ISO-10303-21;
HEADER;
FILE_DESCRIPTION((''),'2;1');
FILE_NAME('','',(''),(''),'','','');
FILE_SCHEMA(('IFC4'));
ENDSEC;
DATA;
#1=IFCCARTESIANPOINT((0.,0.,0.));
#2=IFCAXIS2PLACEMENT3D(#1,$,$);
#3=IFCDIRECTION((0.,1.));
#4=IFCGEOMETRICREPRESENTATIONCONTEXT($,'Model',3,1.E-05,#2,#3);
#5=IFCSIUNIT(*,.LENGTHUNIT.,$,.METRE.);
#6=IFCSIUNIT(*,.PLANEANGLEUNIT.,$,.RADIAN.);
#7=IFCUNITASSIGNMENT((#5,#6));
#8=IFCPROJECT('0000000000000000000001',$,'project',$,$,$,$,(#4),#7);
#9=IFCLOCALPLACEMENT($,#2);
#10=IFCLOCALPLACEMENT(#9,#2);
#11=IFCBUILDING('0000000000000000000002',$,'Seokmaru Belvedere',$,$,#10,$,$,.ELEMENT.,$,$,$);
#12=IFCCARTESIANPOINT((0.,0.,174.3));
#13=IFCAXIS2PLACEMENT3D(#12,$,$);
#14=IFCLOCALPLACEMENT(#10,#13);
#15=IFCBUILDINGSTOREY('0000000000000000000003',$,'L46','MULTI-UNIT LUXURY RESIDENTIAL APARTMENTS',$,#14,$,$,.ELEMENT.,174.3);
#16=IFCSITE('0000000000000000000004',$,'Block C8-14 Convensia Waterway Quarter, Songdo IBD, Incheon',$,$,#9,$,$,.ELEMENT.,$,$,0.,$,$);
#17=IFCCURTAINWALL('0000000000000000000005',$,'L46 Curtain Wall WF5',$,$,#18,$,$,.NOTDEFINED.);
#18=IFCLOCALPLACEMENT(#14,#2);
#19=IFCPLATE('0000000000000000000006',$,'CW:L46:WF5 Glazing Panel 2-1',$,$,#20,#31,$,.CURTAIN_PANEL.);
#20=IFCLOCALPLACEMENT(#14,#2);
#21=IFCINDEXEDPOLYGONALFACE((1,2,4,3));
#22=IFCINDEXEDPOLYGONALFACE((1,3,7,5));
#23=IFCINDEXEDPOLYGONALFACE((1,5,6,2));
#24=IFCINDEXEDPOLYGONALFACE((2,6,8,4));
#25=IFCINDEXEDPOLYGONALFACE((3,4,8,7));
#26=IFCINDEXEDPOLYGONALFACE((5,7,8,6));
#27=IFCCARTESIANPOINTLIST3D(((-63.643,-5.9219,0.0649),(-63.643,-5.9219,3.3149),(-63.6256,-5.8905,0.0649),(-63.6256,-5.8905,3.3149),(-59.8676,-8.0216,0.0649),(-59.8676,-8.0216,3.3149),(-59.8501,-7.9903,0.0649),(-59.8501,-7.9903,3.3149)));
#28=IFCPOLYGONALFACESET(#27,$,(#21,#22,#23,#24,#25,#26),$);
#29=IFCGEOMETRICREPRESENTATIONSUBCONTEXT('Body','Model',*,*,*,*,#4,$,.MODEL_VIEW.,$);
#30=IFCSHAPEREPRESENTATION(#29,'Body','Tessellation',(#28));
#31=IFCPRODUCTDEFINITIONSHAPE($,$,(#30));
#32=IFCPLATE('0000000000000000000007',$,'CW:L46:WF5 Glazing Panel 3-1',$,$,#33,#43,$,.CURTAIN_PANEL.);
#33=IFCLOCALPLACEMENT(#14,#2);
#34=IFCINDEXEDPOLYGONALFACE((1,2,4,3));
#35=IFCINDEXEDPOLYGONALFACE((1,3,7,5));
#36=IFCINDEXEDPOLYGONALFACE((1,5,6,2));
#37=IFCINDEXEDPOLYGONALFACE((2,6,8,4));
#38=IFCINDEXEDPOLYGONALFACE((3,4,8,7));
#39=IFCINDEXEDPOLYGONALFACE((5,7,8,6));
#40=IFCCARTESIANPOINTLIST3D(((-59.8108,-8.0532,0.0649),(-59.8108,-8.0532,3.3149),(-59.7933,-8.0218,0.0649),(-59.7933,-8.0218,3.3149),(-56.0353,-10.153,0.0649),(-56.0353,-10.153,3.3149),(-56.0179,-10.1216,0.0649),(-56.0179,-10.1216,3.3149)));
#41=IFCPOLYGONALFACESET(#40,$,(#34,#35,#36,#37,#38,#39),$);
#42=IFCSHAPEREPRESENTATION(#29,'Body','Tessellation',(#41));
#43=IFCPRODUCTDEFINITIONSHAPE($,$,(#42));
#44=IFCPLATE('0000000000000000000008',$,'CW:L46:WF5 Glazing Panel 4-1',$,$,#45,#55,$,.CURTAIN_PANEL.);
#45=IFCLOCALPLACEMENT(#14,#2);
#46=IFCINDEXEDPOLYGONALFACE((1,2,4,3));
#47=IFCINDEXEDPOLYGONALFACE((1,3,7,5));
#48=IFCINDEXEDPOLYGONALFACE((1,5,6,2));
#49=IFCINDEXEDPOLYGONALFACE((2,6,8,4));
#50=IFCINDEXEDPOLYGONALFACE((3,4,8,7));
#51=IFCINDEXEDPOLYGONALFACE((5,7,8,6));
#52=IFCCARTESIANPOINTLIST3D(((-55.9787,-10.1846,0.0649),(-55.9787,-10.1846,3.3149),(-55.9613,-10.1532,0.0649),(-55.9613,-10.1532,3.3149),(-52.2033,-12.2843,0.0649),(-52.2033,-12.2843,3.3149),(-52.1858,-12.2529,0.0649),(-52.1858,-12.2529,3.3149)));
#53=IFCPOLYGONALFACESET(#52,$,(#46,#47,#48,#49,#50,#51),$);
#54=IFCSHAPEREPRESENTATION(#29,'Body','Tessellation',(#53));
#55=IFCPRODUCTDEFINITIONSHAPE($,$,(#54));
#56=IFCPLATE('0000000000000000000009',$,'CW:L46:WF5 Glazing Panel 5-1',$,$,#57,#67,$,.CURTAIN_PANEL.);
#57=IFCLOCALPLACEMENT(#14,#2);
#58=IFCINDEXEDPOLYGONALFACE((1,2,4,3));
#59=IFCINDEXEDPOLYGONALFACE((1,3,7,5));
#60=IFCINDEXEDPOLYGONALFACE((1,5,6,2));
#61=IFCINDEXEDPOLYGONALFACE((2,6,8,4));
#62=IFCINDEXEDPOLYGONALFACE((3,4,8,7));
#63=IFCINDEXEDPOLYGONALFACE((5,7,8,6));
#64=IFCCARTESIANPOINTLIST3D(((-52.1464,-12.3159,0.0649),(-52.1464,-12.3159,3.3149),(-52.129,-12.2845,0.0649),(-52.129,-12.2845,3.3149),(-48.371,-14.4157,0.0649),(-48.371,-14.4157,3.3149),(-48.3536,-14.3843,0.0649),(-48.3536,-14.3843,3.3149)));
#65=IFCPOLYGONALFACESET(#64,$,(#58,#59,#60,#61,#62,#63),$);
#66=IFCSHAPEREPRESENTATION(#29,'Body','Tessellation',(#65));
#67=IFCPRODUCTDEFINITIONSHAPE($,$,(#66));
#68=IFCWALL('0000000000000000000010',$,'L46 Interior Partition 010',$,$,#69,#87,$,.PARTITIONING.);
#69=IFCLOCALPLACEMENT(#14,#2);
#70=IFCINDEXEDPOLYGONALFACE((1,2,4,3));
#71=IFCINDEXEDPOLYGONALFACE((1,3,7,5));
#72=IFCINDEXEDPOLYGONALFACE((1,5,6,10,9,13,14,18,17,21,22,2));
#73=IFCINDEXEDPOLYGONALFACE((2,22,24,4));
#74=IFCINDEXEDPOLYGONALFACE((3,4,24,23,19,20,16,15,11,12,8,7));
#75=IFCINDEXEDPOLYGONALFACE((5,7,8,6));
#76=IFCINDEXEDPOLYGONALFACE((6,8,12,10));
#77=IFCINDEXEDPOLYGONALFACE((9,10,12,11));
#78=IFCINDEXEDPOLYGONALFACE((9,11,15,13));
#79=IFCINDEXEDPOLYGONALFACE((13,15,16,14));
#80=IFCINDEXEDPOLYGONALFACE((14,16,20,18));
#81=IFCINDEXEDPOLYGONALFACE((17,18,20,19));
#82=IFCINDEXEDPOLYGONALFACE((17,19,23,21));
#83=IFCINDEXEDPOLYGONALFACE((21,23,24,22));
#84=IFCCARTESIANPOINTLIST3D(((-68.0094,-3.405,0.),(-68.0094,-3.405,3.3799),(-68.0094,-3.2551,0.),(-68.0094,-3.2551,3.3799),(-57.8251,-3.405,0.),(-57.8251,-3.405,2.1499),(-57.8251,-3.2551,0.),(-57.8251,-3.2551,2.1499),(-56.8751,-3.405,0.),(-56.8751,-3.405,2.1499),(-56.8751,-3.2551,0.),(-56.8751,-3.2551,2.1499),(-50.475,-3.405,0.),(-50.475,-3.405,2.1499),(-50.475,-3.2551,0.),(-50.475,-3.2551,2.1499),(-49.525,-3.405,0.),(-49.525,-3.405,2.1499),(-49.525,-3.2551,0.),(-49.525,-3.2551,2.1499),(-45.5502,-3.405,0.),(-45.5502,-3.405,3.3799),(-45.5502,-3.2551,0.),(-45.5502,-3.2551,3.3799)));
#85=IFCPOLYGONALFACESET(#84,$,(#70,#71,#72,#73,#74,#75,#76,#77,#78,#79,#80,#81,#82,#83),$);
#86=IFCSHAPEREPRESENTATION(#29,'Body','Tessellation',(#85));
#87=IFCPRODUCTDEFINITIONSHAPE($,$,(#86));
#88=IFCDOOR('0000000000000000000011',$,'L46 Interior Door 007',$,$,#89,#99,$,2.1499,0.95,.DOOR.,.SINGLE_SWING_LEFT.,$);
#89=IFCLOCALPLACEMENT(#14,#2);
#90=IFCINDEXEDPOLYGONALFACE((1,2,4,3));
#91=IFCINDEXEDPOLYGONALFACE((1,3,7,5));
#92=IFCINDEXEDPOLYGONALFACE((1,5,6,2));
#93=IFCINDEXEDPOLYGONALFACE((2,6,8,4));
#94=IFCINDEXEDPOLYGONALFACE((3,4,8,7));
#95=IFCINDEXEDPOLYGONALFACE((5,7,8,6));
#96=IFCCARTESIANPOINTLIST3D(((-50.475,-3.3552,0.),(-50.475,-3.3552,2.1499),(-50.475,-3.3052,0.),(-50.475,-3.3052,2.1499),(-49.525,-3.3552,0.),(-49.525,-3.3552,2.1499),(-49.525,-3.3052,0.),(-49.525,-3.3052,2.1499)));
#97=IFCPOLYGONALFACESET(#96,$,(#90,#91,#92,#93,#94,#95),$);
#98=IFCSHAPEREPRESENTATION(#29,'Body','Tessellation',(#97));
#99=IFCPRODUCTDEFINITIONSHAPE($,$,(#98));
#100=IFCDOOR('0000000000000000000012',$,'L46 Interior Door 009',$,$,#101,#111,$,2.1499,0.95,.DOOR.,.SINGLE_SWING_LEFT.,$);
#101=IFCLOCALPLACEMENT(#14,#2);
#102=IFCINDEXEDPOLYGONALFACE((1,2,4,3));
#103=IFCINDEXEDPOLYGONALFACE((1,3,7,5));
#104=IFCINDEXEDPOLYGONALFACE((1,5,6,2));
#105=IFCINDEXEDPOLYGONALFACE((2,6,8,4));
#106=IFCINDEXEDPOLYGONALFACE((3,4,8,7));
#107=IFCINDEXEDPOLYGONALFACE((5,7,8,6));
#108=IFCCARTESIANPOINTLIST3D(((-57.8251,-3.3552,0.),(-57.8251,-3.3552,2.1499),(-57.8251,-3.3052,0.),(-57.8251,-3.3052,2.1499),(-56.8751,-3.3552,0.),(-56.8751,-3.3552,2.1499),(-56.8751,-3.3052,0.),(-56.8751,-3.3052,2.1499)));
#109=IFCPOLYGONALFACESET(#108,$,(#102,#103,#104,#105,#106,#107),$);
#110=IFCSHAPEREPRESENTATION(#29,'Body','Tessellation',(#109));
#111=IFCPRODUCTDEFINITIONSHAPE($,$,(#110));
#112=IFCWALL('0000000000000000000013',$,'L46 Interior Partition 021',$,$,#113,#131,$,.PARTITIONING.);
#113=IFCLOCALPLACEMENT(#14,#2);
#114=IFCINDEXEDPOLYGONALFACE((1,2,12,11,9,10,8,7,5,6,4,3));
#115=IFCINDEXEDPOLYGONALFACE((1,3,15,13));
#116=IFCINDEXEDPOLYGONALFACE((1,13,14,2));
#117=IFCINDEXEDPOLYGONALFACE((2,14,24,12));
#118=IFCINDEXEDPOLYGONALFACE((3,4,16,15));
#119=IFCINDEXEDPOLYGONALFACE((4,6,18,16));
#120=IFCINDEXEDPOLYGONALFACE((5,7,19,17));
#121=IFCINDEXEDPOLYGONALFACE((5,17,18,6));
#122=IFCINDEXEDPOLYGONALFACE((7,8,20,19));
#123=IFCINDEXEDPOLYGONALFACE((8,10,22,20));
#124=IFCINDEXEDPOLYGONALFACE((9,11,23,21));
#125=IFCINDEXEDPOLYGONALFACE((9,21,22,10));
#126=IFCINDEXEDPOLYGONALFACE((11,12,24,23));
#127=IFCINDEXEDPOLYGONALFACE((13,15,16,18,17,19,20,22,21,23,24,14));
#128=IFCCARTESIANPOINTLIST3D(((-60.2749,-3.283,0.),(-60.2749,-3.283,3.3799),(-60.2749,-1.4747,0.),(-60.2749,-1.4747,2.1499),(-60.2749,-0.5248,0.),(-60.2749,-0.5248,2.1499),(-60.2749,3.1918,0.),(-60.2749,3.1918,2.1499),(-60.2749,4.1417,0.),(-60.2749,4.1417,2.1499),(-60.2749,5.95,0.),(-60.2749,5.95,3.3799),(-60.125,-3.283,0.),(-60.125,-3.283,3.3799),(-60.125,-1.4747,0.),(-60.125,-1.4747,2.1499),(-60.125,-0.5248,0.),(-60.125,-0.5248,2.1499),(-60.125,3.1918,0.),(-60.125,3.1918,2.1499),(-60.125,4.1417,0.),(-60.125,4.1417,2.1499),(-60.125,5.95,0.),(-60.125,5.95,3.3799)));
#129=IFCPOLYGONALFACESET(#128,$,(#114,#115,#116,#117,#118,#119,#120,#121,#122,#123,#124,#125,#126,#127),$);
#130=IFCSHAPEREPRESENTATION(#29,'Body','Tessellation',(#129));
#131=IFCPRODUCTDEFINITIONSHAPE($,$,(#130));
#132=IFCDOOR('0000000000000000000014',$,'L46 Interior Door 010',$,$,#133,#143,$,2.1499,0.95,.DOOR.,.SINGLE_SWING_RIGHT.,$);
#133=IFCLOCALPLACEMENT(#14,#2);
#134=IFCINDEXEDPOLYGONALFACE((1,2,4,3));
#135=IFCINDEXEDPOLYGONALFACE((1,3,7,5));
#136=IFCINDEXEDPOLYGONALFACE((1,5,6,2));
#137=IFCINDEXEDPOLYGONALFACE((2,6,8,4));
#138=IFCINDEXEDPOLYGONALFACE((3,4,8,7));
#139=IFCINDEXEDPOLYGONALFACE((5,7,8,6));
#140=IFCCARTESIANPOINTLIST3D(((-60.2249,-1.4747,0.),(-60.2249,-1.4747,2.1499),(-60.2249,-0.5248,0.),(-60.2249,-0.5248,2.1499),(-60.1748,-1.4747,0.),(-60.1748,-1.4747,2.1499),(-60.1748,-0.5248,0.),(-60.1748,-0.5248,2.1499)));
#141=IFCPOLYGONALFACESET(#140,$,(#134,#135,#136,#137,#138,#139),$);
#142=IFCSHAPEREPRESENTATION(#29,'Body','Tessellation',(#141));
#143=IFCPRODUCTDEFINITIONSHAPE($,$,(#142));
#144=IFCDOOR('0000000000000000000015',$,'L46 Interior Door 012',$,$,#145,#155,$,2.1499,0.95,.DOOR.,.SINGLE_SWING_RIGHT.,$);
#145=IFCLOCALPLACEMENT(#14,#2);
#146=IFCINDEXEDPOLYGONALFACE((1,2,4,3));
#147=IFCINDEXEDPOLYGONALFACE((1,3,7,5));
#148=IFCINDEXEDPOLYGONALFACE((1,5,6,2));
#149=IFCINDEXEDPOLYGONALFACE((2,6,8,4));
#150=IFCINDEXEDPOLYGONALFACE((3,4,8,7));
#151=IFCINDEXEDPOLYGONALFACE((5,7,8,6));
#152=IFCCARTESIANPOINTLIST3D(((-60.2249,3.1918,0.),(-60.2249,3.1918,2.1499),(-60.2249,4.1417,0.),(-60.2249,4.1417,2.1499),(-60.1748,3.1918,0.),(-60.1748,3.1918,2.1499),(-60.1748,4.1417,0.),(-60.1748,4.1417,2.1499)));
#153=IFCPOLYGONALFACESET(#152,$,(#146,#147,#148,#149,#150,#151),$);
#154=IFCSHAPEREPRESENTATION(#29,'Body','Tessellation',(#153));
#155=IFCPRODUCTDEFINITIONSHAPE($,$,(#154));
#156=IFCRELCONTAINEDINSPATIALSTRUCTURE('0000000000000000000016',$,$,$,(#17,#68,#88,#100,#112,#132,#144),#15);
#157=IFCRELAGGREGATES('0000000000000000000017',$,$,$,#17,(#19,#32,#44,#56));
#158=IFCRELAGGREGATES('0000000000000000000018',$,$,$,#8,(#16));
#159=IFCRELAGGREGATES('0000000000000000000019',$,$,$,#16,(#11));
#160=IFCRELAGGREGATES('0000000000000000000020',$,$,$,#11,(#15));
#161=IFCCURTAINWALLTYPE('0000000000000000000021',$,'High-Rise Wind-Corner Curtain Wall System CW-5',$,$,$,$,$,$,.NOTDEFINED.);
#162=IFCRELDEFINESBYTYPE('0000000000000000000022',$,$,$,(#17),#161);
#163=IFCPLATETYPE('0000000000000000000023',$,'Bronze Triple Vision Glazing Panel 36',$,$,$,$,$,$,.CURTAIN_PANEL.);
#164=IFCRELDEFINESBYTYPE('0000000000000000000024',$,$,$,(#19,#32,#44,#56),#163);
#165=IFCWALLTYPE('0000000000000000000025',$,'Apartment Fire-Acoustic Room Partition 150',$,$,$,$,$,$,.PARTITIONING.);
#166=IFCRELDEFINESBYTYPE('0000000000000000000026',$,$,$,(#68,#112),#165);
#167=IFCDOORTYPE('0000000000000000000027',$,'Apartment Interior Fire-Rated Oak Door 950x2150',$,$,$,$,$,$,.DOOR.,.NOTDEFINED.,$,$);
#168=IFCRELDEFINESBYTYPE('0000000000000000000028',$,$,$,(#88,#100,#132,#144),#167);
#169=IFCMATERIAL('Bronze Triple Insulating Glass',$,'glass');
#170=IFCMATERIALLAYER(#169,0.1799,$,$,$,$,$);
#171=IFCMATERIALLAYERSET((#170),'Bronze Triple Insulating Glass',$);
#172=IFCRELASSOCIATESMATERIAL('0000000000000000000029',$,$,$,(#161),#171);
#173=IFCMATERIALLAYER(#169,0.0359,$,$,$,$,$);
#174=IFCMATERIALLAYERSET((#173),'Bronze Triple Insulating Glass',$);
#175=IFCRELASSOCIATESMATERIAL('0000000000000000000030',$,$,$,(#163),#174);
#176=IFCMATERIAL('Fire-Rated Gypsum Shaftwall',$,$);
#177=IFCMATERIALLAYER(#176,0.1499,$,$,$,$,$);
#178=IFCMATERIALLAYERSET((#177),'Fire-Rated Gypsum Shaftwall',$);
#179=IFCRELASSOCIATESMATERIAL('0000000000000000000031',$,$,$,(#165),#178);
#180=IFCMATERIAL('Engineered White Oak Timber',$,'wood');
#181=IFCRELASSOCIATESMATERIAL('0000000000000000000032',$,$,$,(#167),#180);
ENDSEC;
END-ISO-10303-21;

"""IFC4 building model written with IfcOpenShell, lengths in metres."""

from ifc_helpers import new_model, si_unit, direction, frame, frame_2d, origin, origin_2d, place, context, subcontext, project, spatial, rectangle, extrude, source, transform, mapped, material, layer, layer_set, type_object, type_shapes, element, fill, aggregate, save


model = new_model("IFC4")

# Units and contexts
model_context = context("Model", 3, precision=1e-05, world=origin(), true_north=direction((0.0, 1.0)))
body_context = subcontext(model_context, "Body", "Model", "MODEL_VIEW")
ifc_project = project(units=[si_unit("LENGTHUNIT", "METRE"), si_unit("PLANEANGLEUNIT", "RADIAN")], contexts=[model_context])

# Site, building, storey
site_placement = place(None, origin())
site = spatial("IfcSite", under=ifc_project, at=site_placement, Name="Block C8-14 Convensia Waterway Quarter, Songdo IBD, Incheon", CompositionType="ELEMENT", RefElevation=0.0)
building_placement = place(site_placement, origin())
building = spatial("IfcBuilding", under=site, at=building_placement, Name="Seokmaru Belvedere", CompositionType="ELEMENT")
storey_placement = place(building_placement, frame((0.0, 0.0, 174.3)))
storey = spatial("IfcBuildingStorey", under=building, at=storey_placement, Name="L46", Description="MULTI-UNIT LUXURY RESIDENTIAL APARTMENTS", CompositionType="ELEMENT", Elevation=174.3)

# Curtain wall, plates
ifc_material_1 = material(Name="Bronze Triple Insulating Glass", Category="glass")
ifc_layer_1 = layer(ifc_material_1, 0.1799)
ifc_layer_set_1 = layer_set([ifc_layer_1], Name="Bronze Triple Insulating Glass")
curtain_wall_type = type_object("IfcCurtainWallType", Name="High-Rise Wind-Corner Curtain Wall System CW-5", PredefinedType="NOTDEFINED", material=ifc_layer_set_1)
curtain_wall_placement = place(storey_placement, origin())
curtain_wall = element("IfcCurtainWall", 1, at=curtain_wall_placement, inside=storey, type_object=curtain_wall_type, Name="L46 Curtain Wall WF5", PredefinedType="NOTDEFINED")
ifc_layer_2 = layer(ifc_material_1, 0.0359)
ifc_layer_set_2 = layer_set([ifc_layer_2], Name="Bronze Triple Insulating Glass")
plate_type = type_object("IfcPlateType", Name="Bronze Triple Vision Glazing Panel 36", PredefinedType="CURTAIN_PANEL", material=ifc_layer_set_2)
shared_shape_1 = source(origin(), body_context, "Body", "SweptSolid", [
    extrude(rectangle(XDim=4.3201, YDim=0.0359, at=origin_2d()), origin(), (0.0, 0.0, 1.0), 3.25),
])
plate_1_placement = place(storey_placement, frame((-61.7466, -6.9561, 0.0649), z_axis=(0.0, 0.0, 1.0), x_axis=(0.873933, -0.486047, 0.0)))
plate_1 = element("IfcPlate", 2, at=plate_1_placement, type_object=plate_type, Name="CW:L46:WF5 Glazing Panel 2-1", PredefinedType="CURTAIN_PANEL", context=body_context, shape_type="MappedRepresentation", body=[
    mapped(shared_shape_1, transform((0.0, 0.0, 0.0), scale=1.0)),
])
plate_2_placement = place(storey_placement, frame((-57.9143, -9.0874, 0.0649), z_axis=(0.0, 0.0, 1.0), x_axis=(0.873933, -0.486047, 0.0)))
plate_2 = element("IfcPlate", 3, at=plate_2_placement, type_object=plate_type, Name="CW:L46:WF5 Glazing Panel 3-1", PredefinedType="CURTAIN_PANEL", context=body_context, shape_type="MappedRepresentation", body=[
    mapped(shared_shape_1, transform((0.0, 0.0, 0.0), scale=1.0)),
])
plate_3_placement = place(storey_placement, frame((-54.0823, -11.2188, 0.0649), z_axis=(0.0, 0.0, 1.0), x_axis=(0.873933, -0.486047, 0.0)))
plate_3 = element("IfcPlate", 4, at=plate_3_placement, type_object=plate_type, Name="CW:L46:WF5 Glazing Panel 4-1", PredefinedType="CURTAIN_PANEL", context=body_context, shape_type="MappedRepresentation", body=[
    mapped(shared_shape_1, transform((0.0, 0.0, 0.0), scale=1.0)),
])
plate_4_placement = place(storey_placement, frame((-50.25, -13.3501, 0.0649), z_axis=(0.0, 0.0, 1.0), x_axis=(0.873933, -0.486047, 0.0)))
plate_4 = element("IfcPlate", 5, at=plate_4_placement, type_object=plate_type, Name="CW:L46:WF5 Glazing Panel 5-1", PredefinedType="CURTAIN_PANEL", context=body_context, shape_type="MappedRepresentation", body=[
    mapped(shared_shape_1, transform((0.0, 0.0, 0.0), scale=1.0)),
])
aggregate(curtain_wall, [plate_1, plate_2, plate_3, plate_4])

# Walls, openings, doors
ifc_material_2 = material(Name="Fire-Rated Gypsum Shaftwall")
ifc_layer_3 = layer(ifc_material_2, 0.1499)
ifc_layer_set_3 = layer_set([ifc_layer_3], Name="Fire-Rated Gypsum Shaftwall")
wall_type_1 = type_object("IfcWallType", Name="Apartment Fire-Acoustic Room Partition 150", PredefinedType="PARTITIONING", material=ifc_layer_set_3)
wall_1_placement = place(storey_placement, frame((-68.0093, -3.3301, 0.0), z_axis=(0.0, 0.0, 1.0), x_axis=(1.0, 0.0, 0.0)))
wall_1 = element("IfcWall", 6, at=wall_1_placement, inside=storey, type_object=wall_type_1, Name="L46 Interior Partition 010", PredefinedType="PARTITIONING", context=body_context, shape_type="SweptSolid", body=[
    extrude(rectangle(XDim=22.4592, YDim=0.1499, at=frame_2d((11.2295, 0.0))), origin(), (0.0, 0.0, 1.0), 3.3799),
])
opening_1_placement = place(wall_1_placement, frame((17.5342, 0.0, 0.0)))
opening_1 = element("IfcOpeningElement", 7, at=opening_1_placement, cuts=wall_1, PredefinedType="OPENING", context=body_context, shape_type="SweptSolid", body=[
    extrude(rectangle(XDim=0.95, YDim=2.1499, at=frame_2d((0.4751, 1.075))), frame((0.0, 0.085, 0.0), z_axis=(0.0, -1.0, 0.0), x_axis=(1.0, 0.0, 0.0)), (0.0, 0.0, 1.0), 0.1699),
])
opening_2_placement = place(wall_1_placement, frame((10.1841, 0.0, 0.0)))
opening_2 = element("IfcOpeningElement", 8, at=opening_2_placement, cuts=wall_1, PredefinedType="OPENING", context=body_context, shape_type="SweptSolid", body=[
    extrude(rectangle(XDim=0.95, YDim=2.1499, at=frame_2d((0.4751, 1.075))), frame((0.0, 0.085, 0.0), z_axis=(0.0, -1.0, 0.0), x_axis=(1.0, 0.0, 0.0)), (0.0, 0.0, 1.0), 0.1699),
])
ifc_material_3 = material(Name="Engineered White Oak Timber", Category="wood")
door_type = type_object("IfcDoorType", Name="Apartment Interior Fire-Rated Oak Door 950x2150", OperationType="NOTDEFINED", PredefinedType="DOOR", material=ifc_material_3)
shared_shape_2 = source(origin(), body_context, "Body", "SweptSolid", [
    extrude(rectangle(XDim=0.95, YDim=2.1499, at=frame_2d((0.4751, 1.075))), frame((0.0, 0.0249, 0.0), z_axis=(0.0, -1.0, 0.0), x_axis=(1.0, 0.0, 0.0)), (0.0, 0.0, 1.0), 0.05),
])
type_shapes(door_type, [shared_shape_2])
door_1_placement = place(opening_1_placement, origin())
door_1 = element("IfcDoor", 9, at=door_1_placement, inside=storey, type_object=door_type, Name="L46 Interior Door 007", OperationType="SINGLE_SWING_LEFT", OverallHeight=2.1499, OverallWidth=0.95, PredefinedType="DOOR", context=body_context, shape_type="MappedRepresentation", body=[
    mapped(shared_shape_2, transform((0.0, 0.0, 0.0), scale=1.0)),
])
fill(opening_1, door_1)
door_2_placement = place(opening_2_placement, origin())
door_2 = element("IfcDoor", 10, at=door_2_placement, inside=storey, type_object=door_type, Name="L46 Interior Door 009", OperationType="SINGLE_SWING_LEFT", OverallHeight=2.1499, OverallWidth=0.95, PredefinedType="DOOR", context=body_context, shape_type="MappedRepresentation", body=[
    mapped(shared_shape_2, transform((0.0, 0.0, 0.0), scale=1.0)),
])
fill(opening_2, door_2)
wall_2_placement = place(storey_placement, frame((-60.2, -3.283, 0.0), z_axis=(0.0, 0.0, 1.0), x_axis=(0.0, 1.0, 0.0)))
wall_2 = element("IfcWall", 11, at=wall_2_placement, inside=storey, type_object=wall_type_1, Name="L46 Interior Partition 021", PredefinedType="PARTITIONING", context=body_context, shape_type="SweptSolid", body=[
    extrude(rectangle(XDim=9.2329, YDim=0.1499, at=frame_2d((4.6165, 0.0))), origin(), (0.0, 0.0, 1.0), 3.3799),
])
opening_3_placement = place(wall_2_placement, frame((1.8081, 0.0, 0.0)))
opening_3 = element("IfcOpeningElement", 12, at=opening_3_placement, cuts=wall_2, PredefinedType="OPENING", context=body_context, shape_type="SweptSolid", body=[
    extrude(rectangle(XDim=0.95, YDim=2.1499, at=frame_2d((0.4751, 1.075))), frame((0.0, 0.085, 0.0), z_axis=(0.0, -1.0, 0.0), x_axis=(1.0, 0.0, 0.0)), (0.0, 0.0, 1.0), 0.1699),
])
opening_4_placement = place(wall_2_placement, frame((6.4746, 0.0, 0.0)))
opening_4 = element("IfcOpeningElement", 13, at=opening_4_placement, cuts=wall_2, PredefinedType="OPENING", context=body_context, shape_type="SweptSolid", body=[
    extrude(rectangle(XDim=0.95, YDim=2.1499, at=frame_2d((0.4751, 1.075))), frame((0.0, 0.085, 0.0), z_axis=(0.0, -1.0, 0.0), x_axis=(1.0, 0.0, 0.0)), (0.0, 0.0, 1.0), 0.1699),
])
door_3_placement = place(opening_3_placement, origin())
door_3 = element("IfcDoor", 14, at=door_3_placement, inside=storey, type_object=door_type, Name="L46 Interior Door 010", OperationType="SINGLE_SWING_RIGHT", OverallHeight=2.1499, OverallWidth=0.95, PredefinedType="DOOR", context=body_context, shape_type="MappedRepresentation", body=[
    mapped(shared_shape_2, transform((0.0, 0.0, 0.0), scale=1.0)),
])
fill(opening_3, door_3)
door_4_placement = place(opening_4_placement, origin())
door_4 = element("IfcDoor", 15, at=door_4_placement, inside=storey, type_object=door_type, Name="L46 Interior Door 012", OperationType="SINGLE_SWING_RIGHT", OverallHeight=2.1499, OverallWidth=0.95, PredefinedType="DOOR", context=body_context, shape_type="MappedRepresentation", body=[
    mapped(shared_shape_2, transform((0.0, 0.0, 0.0), scale=1.0)),
])
fill(opening_4, door_4)

save(model, "model.ifc")
